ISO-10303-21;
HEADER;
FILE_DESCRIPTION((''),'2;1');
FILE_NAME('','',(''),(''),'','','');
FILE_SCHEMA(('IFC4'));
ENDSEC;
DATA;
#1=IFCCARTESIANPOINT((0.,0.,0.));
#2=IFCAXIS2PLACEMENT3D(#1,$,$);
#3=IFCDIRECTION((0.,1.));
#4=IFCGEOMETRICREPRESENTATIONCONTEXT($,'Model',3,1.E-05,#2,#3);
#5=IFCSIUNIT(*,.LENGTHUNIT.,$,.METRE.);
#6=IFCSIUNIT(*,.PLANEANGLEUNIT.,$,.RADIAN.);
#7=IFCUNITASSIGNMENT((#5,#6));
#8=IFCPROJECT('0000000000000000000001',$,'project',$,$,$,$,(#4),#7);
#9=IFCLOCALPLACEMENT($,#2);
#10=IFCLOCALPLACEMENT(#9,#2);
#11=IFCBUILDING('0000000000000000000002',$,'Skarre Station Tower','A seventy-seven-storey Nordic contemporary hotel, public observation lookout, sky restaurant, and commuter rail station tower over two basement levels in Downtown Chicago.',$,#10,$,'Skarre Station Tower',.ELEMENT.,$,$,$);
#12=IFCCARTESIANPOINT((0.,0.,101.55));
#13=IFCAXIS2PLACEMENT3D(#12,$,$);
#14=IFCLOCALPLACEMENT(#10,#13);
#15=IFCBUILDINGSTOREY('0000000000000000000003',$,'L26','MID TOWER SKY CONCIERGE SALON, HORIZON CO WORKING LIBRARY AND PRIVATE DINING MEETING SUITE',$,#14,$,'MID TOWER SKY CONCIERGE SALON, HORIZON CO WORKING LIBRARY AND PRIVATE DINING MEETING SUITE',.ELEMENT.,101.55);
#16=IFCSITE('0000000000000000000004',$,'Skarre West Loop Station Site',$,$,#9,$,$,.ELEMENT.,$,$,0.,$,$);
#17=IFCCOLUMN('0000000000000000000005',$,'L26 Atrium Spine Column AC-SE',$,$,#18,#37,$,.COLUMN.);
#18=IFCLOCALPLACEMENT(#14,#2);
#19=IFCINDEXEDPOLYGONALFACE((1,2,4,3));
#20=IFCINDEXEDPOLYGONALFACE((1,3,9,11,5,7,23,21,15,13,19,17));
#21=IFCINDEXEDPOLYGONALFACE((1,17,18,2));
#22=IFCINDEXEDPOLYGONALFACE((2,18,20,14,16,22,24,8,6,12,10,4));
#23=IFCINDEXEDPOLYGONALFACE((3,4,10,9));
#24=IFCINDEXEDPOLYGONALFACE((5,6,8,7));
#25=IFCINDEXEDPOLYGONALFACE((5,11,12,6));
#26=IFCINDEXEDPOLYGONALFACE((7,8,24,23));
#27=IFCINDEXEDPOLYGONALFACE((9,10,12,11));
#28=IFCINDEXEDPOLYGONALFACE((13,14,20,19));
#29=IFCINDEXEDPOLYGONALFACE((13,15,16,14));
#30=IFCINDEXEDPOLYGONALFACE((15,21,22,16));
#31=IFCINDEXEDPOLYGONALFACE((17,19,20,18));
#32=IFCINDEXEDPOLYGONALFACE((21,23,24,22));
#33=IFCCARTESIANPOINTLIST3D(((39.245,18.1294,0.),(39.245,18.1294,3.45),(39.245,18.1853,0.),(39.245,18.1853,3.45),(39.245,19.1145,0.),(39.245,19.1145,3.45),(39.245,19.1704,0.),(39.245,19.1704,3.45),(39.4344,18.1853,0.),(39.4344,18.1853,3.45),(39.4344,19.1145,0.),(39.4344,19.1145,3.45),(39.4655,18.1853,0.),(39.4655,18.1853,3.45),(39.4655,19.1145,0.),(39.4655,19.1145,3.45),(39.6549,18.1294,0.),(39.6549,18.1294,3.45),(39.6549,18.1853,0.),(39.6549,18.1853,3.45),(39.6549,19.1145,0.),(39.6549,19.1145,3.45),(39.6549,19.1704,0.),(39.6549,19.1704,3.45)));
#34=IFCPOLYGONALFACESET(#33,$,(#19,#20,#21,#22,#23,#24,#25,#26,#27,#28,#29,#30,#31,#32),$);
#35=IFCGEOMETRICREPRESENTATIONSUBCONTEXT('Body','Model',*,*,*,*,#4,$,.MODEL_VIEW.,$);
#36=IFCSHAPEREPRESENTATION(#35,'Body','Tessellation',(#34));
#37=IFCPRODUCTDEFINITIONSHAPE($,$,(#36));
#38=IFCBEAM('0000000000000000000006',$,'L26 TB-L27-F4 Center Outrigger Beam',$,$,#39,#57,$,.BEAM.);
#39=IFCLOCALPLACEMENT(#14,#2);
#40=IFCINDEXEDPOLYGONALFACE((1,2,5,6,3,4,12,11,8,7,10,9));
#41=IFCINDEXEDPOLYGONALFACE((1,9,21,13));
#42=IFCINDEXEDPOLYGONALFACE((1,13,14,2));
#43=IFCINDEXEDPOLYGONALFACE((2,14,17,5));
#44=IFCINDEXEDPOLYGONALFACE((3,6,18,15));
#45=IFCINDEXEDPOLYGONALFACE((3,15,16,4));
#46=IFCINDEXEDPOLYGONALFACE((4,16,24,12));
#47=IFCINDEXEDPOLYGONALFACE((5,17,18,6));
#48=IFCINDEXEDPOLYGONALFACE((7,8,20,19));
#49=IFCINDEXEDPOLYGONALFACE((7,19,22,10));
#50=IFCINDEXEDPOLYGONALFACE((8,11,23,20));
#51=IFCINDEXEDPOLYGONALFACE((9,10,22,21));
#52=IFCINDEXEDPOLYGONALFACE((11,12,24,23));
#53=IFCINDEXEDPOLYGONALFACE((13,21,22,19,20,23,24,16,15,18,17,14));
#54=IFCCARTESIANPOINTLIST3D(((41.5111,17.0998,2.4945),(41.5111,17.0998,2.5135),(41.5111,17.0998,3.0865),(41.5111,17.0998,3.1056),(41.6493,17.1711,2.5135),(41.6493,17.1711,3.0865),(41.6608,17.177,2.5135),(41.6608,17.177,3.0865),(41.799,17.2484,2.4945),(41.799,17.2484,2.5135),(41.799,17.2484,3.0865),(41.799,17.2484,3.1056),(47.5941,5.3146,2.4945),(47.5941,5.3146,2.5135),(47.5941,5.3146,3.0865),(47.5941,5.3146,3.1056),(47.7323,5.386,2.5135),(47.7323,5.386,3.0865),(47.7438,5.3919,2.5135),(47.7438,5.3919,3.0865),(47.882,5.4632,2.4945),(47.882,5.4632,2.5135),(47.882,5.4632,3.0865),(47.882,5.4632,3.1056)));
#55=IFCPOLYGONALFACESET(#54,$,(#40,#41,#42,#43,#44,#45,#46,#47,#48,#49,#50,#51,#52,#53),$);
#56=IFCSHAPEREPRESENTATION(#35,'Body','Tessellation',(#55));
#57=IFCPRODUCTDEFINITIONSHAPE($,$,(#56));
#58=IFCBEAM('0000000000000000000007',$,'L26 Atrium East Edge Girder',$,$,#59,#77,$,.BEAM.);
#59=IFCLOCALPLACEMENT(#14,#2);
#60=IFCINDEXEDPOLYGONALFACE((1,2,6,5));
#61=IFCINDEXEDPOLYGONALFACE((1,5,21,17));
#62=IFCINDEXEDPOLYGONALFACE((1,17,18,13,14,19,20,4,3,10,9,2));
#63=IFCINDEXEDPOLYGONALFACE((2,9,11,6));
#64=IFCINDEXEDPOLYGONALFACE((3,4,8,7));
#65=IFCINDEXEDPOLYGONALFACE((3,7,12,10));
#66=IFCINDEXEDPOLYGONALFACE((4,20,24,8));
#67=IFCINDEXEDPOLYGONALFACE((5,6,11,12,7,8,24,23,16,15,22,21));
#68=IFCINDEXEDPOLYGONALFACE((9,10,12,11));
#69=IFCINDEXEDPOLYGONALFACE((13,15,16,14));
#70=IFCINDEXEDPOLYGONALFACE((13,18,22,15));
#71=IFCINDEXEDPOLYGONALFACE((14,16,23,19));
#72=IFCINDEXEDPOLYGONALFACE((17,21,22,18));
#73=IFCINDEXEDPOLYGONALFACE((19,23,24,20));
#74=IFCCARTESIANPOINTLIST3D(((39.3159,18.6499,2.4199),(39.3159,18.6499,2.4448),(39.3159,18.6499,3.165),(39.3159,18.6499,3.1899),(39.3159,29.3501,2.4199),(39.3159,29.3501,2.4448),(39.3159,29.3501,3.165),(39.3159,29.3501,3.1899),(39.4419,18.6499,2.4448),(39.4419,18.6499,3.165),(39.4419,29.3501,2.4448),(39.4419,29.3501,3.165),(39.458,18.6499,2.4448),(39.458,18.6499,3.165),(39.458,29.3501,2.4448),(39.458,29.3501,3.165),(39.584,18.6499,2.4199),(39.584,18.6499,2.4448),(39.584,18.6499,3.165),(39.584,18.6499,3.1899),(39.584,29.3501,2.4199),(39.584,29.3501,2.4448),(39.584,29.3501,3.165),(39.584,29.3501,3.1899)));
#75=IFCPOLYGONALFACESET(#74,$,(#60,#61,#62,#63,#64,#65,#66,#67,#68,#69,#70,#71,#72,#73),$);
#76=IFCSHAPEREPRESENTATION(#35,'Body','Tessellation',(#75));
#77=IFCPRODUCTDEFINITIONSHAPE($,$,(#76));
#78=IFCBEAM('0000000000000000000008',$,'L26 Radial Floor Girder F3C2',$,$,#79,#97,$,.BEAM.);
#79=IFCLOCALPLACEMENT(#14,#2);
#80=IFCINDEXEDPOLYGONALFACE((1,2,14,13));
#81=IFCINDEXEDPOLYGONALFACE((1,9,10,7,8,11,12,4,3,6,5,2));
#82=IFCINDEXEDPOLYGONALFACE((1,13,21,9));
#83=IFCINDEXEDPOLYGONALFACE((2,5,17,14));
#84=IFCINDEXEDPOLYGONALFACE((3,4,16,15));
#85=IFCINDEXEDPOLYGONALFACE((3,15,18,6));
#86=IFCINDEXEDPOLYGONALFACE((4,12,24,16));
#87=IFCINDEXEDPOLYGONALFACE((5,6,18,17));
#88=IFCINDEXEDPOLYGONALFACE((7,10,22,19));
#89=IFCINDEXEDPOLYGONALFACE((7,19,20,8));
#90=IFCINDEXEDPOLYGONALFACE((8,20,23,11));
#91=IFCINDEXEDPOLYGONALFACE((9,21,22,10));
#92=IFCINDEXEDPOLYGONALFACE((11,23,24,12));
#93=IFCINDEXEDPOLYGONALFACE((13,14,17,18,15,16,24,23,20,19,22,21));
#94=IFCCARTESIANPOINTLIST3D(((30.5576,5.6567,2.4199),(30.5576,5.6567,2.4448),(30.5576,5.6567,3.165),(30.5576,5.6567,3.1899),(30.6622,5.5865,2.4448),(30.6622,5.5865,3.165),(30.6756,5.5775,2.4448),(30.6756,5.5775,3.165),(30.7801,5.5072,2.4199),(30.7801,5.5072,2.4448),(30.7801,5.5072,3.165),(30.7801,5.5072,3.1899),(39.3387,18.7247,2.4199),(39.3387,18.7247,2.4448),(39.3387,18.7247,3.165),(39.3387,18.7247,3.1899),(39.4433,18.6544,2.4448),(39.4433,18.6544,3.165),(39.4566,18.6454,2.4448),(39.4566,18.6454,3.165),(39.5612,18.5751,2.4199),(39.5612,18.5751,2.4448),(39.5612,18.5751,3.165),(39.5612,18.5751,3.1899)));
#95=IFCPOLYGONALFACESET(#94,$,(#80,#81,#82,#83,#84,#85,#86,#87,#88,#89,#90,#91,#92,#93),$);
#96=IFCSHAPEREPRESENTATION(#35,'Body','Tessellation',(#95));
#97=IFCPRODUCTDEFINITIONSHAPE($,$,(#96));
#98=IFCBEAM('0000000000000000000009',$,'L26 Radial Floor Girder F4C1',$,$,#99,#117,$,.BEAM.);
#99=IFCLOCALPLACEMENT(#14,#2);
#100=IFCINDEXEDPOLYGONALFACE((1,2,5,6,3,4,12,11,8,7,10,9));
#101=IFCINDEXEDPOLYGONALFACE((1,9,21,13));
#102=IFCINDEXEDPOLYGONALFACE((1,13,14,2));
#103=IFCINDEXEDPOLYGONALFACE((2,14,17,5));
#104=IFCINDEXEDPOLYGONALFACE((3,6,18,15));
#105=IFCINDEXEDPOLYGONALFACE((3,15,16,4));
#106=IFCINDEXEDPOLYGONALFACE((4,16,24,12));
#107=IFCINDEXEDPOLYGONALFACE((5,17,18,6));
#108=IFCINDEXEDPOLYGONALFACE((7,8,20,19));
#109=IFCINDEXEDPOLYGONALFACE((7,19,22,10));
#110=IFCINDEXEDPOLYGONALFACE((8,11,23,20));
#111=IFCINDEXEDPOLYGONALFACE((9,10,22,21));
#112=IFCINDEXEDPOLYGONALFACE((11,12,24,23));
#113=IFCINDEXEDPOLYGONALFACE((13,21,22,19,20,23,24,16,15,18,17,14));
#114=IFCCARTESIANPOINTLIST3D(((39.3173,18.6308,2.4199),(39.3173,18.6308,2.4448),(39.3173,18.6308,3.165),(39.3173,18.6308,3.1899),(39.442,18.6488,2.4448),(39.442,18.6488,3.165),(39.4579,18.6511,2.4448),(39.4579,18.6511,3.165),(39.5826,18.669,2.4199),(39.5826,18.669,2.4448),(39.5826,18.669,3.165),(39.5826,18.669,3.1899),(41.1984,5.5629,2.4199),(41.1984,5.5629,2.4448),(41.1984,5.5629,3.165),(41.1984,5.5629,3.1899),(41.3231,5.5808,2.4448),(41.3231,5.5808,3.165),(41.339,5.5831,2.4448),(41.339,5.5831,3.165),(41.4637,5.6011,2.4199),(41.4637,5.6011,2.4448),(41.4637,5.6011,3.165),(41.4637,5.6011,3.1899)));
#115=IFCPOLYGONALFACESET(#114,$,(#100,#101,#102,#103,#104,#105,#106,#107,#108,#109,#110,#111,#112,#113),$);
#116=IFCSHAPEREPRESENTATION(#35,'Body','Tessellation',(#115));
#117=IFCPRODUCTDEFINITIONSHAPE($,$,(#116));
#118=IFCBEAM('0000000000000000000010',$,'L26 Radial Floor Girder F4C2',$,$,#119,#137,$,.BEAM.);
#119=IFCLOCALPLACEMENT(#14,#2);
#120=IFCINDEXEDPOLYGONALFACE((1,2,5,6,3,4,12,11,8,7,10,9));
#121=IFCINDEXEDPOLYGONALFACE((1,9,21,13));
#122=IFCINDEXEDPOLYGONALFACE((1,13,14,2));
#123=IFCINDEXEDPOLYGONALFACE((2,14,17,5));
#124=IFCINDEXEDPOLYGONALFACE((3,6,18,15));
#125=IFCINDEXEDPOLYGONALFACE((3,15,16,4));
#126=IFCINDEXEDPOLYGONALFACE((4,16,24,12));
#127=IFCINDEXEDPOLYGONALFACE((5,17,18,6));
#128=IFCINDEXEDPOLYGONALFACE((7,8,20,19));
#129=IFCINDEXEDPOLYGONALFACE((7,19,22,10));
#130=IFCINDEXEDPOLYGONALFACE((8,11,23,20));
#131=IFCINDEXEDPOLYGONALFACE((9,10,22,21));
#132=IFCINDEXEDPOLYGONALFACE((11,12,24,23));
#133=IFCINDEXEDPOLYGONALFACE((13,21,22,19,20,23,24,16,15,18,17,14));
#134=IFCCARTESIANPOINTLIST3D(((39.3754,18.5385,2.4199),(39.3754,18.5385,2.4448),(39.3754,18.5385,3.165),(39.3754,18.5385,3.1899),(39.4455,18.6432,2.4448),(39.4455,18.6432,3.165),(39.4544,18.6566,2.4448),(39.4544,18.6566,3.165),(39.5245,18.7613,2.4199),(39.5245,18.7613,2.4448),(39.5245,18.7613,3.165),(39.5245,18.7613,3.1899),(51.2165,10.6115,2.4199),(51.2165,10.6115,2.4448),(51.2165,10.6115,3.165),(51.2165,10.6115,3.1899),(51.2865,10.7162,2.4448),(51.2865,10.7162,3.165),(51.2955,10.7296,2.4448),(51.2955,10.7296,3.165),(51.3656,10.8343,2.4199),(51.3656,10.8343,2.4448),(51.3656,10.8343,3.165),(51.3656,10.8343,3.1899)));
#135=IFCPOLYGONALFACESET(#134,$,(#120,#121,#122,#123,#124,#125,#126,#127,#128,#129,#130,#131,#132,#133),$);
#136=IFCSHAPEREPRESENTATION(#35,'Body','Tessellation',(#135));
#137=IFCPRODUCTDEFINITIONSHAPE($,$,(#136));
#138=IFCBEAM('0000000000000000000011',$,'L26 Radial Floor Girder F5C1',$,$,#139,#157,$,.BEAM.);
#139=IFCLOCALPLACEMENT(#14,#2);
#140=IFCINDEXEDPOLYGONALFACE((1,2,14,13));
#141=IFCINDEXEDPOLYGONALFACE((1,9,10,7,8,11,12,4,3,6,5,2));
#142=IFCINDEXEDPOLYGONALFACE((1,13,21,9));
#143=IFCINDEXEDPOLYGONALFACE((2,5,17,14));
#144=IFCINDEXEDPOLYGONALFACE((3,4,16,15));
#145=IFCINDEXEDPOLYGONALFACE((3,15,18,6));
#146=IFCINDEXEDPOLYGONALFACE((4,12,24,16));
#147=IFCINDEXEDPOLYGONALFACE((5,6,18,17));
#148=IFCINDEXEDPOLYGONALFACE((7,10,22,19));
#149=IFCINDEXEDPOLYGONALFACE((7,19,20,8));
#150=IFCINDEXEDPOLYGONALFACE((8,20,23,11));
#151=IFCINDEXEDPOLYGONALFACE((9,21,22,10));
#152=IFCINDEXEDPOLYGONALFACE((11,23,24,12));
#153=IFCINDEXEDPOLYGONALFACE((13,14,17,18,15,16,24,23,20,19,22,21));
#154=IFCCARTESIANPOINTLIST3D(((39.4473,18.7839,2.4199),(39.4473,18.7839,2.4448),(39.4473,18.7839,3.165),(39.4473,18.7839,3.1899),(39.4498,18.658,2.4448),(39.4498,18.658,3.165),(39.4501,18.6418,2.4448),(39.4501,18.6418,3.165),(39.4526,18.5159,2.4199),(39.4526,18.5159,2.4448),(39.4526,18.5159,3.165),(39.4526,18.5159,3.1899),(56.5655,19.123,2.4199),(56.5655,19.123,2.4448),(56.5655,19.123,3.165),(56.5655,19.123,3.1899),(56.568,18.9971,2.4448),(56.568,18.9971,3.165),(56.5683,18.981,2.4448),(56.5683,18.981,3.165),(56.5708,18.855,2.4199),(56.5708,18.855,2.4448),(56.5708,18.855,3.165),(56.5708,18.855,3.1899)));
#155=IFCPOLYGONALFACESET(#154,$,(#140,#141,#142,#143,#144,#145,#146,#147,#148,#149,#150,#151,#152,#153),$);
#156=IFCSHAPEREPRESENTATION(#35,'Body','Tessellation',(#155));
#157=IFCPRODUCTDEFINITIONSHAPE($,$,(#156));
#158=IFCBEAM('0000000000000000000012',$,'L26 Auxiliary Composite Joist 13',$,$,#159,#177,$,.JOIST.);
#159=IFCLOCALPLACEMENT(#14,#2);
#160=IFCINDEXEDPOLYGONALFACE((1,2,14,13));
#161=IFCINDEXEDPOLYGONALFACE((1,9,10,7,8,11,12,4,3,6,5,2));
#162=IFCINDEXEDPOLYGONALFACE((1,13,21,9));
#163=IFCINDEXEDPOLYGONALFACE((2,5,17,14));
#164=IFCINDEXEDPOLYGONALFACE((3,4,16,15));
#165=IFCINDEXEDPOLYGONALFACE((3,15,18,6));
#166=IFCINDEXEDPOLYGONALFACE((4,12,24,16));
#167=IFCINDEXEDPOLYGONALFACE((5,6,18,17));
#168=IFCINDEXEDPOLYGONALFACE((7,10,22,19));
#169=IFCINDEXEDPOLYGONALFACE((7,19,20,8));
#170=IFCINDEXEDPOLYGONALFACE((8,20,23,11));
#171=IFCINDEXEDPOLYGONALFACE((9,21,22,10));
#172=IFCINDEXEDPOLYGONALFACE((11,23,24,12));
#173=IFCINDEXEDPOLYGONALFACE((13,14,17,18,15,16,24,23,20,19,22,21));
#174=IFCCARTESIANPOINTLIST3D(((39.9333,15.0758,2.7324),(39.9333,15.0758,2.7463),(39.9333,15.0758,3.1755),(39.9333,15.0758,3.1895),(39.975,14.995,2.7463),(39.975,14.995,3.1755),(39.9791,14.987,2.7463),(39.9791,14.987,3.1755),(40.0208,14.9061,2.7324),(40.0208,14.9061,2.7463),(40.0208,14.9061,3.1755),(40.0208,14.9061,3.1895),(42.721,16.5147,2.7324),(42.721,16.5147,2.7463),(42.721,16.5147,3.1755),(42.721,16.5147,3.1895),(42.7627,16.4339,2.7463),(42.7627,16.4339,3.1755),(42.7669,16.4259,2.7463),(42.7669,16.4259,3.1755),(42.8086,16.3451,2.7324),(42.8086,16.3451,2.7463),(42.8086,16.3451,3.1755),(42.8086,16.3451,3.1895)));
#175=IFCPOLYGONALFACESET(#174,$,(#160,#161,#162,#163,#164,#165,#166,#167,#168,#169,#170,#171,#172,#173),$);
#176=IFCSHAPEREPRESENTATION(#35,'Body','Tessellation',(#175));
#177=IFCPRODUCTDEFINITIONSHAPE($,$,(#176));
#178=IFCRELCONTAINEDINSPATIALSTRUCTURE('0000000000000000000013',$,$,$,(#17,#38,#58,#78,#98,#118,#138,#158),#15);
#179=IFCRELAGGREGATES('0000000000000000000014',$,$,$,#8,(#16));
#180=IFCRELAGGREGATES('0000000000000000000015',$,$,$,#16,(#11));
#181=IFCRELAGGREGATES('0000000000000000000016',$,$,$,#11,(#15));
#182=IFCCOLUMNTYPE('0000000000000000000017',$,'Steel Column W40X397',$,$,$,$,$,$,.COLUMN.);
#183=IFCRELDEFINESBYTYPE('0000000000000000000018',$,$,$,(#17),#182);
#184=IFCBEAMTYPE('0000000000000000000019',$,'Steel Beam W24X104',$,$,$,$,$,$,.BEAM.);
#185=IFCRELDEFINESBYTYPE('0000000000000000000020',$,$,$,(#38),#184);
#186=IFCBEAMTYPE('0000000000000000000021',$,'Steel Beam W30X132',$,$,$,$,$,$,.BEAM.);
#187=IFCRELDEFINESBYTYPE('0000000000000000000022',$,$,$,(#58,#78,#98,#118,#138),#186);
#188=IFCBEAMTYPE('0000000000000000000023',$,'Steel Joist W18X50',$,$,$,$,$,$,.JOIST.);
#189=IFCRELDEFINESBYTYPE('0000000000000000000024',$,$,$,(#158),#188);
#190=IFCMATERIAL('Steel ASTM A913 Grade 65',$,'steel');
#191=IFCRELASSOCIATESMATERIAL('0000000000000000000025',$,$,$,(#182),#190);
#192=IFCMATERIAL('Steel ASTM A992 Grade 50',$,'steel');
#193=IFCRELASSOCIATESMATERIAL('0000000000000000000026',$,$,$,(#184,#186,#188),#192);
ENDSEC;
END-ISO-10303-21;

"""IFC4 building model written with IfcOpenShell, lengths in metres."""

from ifc_helpers import new_model, si_unit, direction, frame, origin, origin_2d, place, context, subcontext, project, spatial, i_section, extrude, material, material_profile, profile_set, type_object, element, save


model = new_model("IFC4")

# Units and contexts
model_context = context("Model", 3, precision=1e-05, world=origin(), true_north=direction((0.0, 1.0)))
body_context = subcontext(model_context, "Body", "Model", "MODEL_VIEW")
ifc_project = project(units=[si_unit("LENGTHUNIT", "METRE"), si_unit("PLANEANGLEUNIT", "RADIAN")], contexts=[model_context])

# Site, building, storey
site_placement = place(None, origin())
site = spatial("IfcSite", under=ifc_project, at=site_placement, Name="Skarre West Loop Station Site", CompositionType="ELEMENT", RefElevation=0.0)
building_placement = place(site_placement, origin())
building = spatial("IfcBuilding", under=site, at=building_placement, Name="Skarre Station Tower", Description="A seventy-seven-storey Nordic contemporary hotel, public observation lookout, sky restaurant, and commuter rail station tower over two basement levels in Downtown Chicago.", LongName="Skarre Station Tower", CompositionType="ELEMENT")
storey_placement = place(building_placement, frame((0.0, 0.0, 101.55)))
storey = spatial("IfcBuildingStorey", under=building, at=storey_placement, Name="L26", Description="MID TOWER SKY CONCIERGE SALON, HORIZON CO WORKING LIBRARY AND PRIVATE DINING MEETING SUITE", LongName="MID TOWER SKY CONCIERGE SALON, HORIZON CO WORKING LIBRARY AND PRIVATE DINING MEETING SUITE", CompositionType="ELEMENT", Elevation=101.55)

# Column
ifc_material_1 = material(Name="Steel ASTM A913 Grade 65", Category="steel")
ifc_material_profile_1 = material_profile(ifc_material_1, i_section(OverallWidth=0.4099, OverallDepth=1.041, WebThickness=0.031, FlangeThickness=0.0559, at=origin_2d()), Name="Steel ASTM A913 Grade 65")
ifc_profile_set_1 = profile_set([ifc_material_profile_1], Name="Steel ASTM A913 Grade 65")
column_type = type_object("IfcColumnType", Name="Steel Column W40X397", PredefinedType="COLUMN", material=ifc_profile_set_1)
column_placement = place(storey_placement, frame((39.45, 18.6499, 0.0), z_axis=(0.0, 0.0, 1.0), x_axis=(1.0, 0.0, 0.0)))
element("IfcColumn", 1, at=column_placement, inside=storey, type_object=column_type, Name="L26 Atrium Spine Column AC-SE", PredefinedType="COLUMN", context=body_context, shape_type="SweptSolid", body=[
    extrude(i_section(OverallWidth=0.4099, OverallDepth=1.041, WebThickness=0.031, FlangeThickness=0.0559, at=origin_2d()), origin(), (0.0, 0.0, 1.0), 3.45),
])

# Beams
ifc_material_2 = material(Name="Steel ASTM A992 Grade 50", Category="steel")
ifc_material_profile_2 = material_profile(ifc_material_2, i_section(OverallWidth=0.324, OverallDepth=0.6111, WebThickness=0.0129, FlangeThickness=0.019, at=origin_2d()), Name="Steel ASTM A992 Grade 50")
ifc_profile_set_2 = profile_set([ifc_material_profile_2], Name="Steel ASTM A992 Grade 50")
beam_type_1 = type_object("IfcBeamType", Name="Steel Beam W24X104", PredefinedType="BEAM", material=ifc_profile_set_2)
beam_1_placement = place(storey_placement, frame((41.655, 17.1741, 2.8), z_axis=(0.458664, -0.88861, 0.0), x_axis=(0.88861, 0.458664, 0.0)))
element("IfcBeam", 2, at=beam_1_placement, inside=storey, type_object=beam_type_1, Name="L26 TB-L27-F4 Center Outrigger Beam", PredefinedType="BEAM", context=body_context, shape_type="SweptSolid", body=[
    extrude(i_section(OverallWidth=0.324, OverallDepth=0.6111, WebThickness=0.0129, FlangeThickness=0.019, at=origin_2d()), origin(), (0.0, 0.0, 1.0), 13.2625),
])
ifc_material_profile_3 = material_profile(ifc_material_2, i_section(OverallWidth=0.2681, OverallDepth=0.77, WebThickness=0.0161, FlangeThickness=0.0249, at=origin_2d()), Name="Steel ASTM A992 Grade 50")
ifc_profile_set_3 = profile_set([ifc_material_profile_3], Name="Steel ASTM A992 Grade 50")
beam_type_2 = type_object("IfcBeamType", Name="Steel Beam W30X132", PredefinedType="BEAM", material=ifc_profile_set_3)
beam_2_placement = place(storey_placement, frame((39.45, 18.6499, 2.8049), z_axis=(0.0, 1.0, 0.0), x_axis=(-1.0, 0.0, 0.0)))
element("IfcBeam", 3, at=beam_2_placement, inside=storey, type_object=beam_type_2, Name="L26 Atrium East Edge Girder", PredefinedType="BEAM", context=body_context, shape_type="SweptSolid", body=[
    extrude(i_section(OverallWidth=0.2681, OverallDepth=0.77, WebThickness=0.0161, FlangeThickness=0.0249, at=origin_2d()), origin(), (0.0, 0.0, 1.0), 10.7002),
])
beam_3_placement = place(storey_placement, frame((39.45, 18.6499, 2.8049), z_axis=(-0.557735, -0.830019, 0.0), x_axis=(0.830019, -0.557735, 0.0)))
element("IfcBeam", 4, at=beam_3_placement, inside=storey, type_object=beam_type_2, Name="L26 Radial Floor Girder F3C2", PredefinedType="BEAM", context=body_context, shape_type="SweptSolid", body=[
    extrude(i_section(OverallWidth=0.2681, OverallDepth=0.77, WebThickness=0.0161, FlangeThickness=0.0249, at=origin_2d()), origin(), (0.0, 0.0, 1.0), 15.7441),
])
beam_4_placement = place(storey_placement, frame((39.45, 18.6499, 2.8049), z_axis=(0.14248, -0.989798, 0.0), x_axis=(0.989798, 0.14248, 0.0)))
element("IfcBeam", 5, at=beam_4_placement, inside=storey, type_object=beam_type_2, Name="L26 Radial Floor Girder F4C1", PredefinedType="BEAM", context=body_context, shape_type="SweptSolid", body=[
    extrude(i_section(OverallWidth=0.2681, OverallDepth=0.77, WebThickness=0.0161, FlangeThickness=0.0249, at=origin_2d()), origin(), (0.0, 0.0, 1.0), 13.2026),
])
beam_5_placement = place(storey_placement, frame((39.45, 18.6499, 2.8049), z_axis=(0.830981, -0.5563, 0.0), x_axis=(0.5563, 0.830981, 0.0)))
element("IfcBeam", 6, at=beam_5_placement, inside=storey, type_object=beam_type_2, Name="L26 Radial Floor Girder F4C2", PredefinedType="BEAM", context=body_context, shape_type="SweptSolid", body=[
    extrude(i_section(OverallWidth=0.2681, OverallDepth=0.77, WebThickness=0.0161, FlangeThickness=0.0249, at=origin_2d()), origin(), (0.0, 0.0, 1.0), 14.2495),
])
beam_6_placement = place(storey_placement, frame((39.45, 18.6499, 2.8049), z_axis=(0.999804, 0.019806, 0.0), x_axis=(-0.019806, 0.999804, 0.0)))
element("IfcBeam", 7, at=beam_6_placement, inside=storey, type_object=beam_type_2, Name="L26 Radial Floor Girder F5C1", PredefinedType="BEAM", context=body_context, shape_type="SweptSolid", body=[
    extrude(i_section(OverallWidth=0.2681, OverallDepth=0.77, WebThickness=0.0161, FlangeThickness=0.0249, at=origin_2d()), origin(), (0.0, 0.0, 1.0), 17.1216),
])
ifc_material_profile_4 = material_profile(ifc_material_2, i_section(OverallWidth=0.1909, OverallDepth=0.457, WebThickness=0.009, FlangeThickness=0.0139, at=origin_2d()), Name="Steel ASTM A992 Grade 50")
ifc_profile_set_4 = profile_set([ifc_material_profile_4], Name="Steel ASTM A992 Grade 50")
beam_type_3 = type_object("IfcBeamType", Name="Steel Joist W18X50", PredefinedType="JOIST", material=ifc_profile_set_4)
beam_7_placement = place(storey_placement, frame((39.9771, 14.991, 2.9609), z_axis=(0.88861, 0.458663, 0.0), x_axis=(-0.458663, 0.88861, 0.0)))
element("IfcBeam", 8, at=beam_7_placement, inside=storey, type_object=beam_type_3, Name="L26 Auxiliary Composite Joist 13", PredefinedType="JOIST", context=body_context, shape_type="SweptSolid", body=[
    extrude(i_section(OverallWidth=0.1909, OverallDepth=0.457, WebThickness=0.009, FlangeThickness=0.0139, at=origin_2d()), origin(), (0.0, 0.0, 1.0), 3.1372),
])

save(model, "model.ifc")
